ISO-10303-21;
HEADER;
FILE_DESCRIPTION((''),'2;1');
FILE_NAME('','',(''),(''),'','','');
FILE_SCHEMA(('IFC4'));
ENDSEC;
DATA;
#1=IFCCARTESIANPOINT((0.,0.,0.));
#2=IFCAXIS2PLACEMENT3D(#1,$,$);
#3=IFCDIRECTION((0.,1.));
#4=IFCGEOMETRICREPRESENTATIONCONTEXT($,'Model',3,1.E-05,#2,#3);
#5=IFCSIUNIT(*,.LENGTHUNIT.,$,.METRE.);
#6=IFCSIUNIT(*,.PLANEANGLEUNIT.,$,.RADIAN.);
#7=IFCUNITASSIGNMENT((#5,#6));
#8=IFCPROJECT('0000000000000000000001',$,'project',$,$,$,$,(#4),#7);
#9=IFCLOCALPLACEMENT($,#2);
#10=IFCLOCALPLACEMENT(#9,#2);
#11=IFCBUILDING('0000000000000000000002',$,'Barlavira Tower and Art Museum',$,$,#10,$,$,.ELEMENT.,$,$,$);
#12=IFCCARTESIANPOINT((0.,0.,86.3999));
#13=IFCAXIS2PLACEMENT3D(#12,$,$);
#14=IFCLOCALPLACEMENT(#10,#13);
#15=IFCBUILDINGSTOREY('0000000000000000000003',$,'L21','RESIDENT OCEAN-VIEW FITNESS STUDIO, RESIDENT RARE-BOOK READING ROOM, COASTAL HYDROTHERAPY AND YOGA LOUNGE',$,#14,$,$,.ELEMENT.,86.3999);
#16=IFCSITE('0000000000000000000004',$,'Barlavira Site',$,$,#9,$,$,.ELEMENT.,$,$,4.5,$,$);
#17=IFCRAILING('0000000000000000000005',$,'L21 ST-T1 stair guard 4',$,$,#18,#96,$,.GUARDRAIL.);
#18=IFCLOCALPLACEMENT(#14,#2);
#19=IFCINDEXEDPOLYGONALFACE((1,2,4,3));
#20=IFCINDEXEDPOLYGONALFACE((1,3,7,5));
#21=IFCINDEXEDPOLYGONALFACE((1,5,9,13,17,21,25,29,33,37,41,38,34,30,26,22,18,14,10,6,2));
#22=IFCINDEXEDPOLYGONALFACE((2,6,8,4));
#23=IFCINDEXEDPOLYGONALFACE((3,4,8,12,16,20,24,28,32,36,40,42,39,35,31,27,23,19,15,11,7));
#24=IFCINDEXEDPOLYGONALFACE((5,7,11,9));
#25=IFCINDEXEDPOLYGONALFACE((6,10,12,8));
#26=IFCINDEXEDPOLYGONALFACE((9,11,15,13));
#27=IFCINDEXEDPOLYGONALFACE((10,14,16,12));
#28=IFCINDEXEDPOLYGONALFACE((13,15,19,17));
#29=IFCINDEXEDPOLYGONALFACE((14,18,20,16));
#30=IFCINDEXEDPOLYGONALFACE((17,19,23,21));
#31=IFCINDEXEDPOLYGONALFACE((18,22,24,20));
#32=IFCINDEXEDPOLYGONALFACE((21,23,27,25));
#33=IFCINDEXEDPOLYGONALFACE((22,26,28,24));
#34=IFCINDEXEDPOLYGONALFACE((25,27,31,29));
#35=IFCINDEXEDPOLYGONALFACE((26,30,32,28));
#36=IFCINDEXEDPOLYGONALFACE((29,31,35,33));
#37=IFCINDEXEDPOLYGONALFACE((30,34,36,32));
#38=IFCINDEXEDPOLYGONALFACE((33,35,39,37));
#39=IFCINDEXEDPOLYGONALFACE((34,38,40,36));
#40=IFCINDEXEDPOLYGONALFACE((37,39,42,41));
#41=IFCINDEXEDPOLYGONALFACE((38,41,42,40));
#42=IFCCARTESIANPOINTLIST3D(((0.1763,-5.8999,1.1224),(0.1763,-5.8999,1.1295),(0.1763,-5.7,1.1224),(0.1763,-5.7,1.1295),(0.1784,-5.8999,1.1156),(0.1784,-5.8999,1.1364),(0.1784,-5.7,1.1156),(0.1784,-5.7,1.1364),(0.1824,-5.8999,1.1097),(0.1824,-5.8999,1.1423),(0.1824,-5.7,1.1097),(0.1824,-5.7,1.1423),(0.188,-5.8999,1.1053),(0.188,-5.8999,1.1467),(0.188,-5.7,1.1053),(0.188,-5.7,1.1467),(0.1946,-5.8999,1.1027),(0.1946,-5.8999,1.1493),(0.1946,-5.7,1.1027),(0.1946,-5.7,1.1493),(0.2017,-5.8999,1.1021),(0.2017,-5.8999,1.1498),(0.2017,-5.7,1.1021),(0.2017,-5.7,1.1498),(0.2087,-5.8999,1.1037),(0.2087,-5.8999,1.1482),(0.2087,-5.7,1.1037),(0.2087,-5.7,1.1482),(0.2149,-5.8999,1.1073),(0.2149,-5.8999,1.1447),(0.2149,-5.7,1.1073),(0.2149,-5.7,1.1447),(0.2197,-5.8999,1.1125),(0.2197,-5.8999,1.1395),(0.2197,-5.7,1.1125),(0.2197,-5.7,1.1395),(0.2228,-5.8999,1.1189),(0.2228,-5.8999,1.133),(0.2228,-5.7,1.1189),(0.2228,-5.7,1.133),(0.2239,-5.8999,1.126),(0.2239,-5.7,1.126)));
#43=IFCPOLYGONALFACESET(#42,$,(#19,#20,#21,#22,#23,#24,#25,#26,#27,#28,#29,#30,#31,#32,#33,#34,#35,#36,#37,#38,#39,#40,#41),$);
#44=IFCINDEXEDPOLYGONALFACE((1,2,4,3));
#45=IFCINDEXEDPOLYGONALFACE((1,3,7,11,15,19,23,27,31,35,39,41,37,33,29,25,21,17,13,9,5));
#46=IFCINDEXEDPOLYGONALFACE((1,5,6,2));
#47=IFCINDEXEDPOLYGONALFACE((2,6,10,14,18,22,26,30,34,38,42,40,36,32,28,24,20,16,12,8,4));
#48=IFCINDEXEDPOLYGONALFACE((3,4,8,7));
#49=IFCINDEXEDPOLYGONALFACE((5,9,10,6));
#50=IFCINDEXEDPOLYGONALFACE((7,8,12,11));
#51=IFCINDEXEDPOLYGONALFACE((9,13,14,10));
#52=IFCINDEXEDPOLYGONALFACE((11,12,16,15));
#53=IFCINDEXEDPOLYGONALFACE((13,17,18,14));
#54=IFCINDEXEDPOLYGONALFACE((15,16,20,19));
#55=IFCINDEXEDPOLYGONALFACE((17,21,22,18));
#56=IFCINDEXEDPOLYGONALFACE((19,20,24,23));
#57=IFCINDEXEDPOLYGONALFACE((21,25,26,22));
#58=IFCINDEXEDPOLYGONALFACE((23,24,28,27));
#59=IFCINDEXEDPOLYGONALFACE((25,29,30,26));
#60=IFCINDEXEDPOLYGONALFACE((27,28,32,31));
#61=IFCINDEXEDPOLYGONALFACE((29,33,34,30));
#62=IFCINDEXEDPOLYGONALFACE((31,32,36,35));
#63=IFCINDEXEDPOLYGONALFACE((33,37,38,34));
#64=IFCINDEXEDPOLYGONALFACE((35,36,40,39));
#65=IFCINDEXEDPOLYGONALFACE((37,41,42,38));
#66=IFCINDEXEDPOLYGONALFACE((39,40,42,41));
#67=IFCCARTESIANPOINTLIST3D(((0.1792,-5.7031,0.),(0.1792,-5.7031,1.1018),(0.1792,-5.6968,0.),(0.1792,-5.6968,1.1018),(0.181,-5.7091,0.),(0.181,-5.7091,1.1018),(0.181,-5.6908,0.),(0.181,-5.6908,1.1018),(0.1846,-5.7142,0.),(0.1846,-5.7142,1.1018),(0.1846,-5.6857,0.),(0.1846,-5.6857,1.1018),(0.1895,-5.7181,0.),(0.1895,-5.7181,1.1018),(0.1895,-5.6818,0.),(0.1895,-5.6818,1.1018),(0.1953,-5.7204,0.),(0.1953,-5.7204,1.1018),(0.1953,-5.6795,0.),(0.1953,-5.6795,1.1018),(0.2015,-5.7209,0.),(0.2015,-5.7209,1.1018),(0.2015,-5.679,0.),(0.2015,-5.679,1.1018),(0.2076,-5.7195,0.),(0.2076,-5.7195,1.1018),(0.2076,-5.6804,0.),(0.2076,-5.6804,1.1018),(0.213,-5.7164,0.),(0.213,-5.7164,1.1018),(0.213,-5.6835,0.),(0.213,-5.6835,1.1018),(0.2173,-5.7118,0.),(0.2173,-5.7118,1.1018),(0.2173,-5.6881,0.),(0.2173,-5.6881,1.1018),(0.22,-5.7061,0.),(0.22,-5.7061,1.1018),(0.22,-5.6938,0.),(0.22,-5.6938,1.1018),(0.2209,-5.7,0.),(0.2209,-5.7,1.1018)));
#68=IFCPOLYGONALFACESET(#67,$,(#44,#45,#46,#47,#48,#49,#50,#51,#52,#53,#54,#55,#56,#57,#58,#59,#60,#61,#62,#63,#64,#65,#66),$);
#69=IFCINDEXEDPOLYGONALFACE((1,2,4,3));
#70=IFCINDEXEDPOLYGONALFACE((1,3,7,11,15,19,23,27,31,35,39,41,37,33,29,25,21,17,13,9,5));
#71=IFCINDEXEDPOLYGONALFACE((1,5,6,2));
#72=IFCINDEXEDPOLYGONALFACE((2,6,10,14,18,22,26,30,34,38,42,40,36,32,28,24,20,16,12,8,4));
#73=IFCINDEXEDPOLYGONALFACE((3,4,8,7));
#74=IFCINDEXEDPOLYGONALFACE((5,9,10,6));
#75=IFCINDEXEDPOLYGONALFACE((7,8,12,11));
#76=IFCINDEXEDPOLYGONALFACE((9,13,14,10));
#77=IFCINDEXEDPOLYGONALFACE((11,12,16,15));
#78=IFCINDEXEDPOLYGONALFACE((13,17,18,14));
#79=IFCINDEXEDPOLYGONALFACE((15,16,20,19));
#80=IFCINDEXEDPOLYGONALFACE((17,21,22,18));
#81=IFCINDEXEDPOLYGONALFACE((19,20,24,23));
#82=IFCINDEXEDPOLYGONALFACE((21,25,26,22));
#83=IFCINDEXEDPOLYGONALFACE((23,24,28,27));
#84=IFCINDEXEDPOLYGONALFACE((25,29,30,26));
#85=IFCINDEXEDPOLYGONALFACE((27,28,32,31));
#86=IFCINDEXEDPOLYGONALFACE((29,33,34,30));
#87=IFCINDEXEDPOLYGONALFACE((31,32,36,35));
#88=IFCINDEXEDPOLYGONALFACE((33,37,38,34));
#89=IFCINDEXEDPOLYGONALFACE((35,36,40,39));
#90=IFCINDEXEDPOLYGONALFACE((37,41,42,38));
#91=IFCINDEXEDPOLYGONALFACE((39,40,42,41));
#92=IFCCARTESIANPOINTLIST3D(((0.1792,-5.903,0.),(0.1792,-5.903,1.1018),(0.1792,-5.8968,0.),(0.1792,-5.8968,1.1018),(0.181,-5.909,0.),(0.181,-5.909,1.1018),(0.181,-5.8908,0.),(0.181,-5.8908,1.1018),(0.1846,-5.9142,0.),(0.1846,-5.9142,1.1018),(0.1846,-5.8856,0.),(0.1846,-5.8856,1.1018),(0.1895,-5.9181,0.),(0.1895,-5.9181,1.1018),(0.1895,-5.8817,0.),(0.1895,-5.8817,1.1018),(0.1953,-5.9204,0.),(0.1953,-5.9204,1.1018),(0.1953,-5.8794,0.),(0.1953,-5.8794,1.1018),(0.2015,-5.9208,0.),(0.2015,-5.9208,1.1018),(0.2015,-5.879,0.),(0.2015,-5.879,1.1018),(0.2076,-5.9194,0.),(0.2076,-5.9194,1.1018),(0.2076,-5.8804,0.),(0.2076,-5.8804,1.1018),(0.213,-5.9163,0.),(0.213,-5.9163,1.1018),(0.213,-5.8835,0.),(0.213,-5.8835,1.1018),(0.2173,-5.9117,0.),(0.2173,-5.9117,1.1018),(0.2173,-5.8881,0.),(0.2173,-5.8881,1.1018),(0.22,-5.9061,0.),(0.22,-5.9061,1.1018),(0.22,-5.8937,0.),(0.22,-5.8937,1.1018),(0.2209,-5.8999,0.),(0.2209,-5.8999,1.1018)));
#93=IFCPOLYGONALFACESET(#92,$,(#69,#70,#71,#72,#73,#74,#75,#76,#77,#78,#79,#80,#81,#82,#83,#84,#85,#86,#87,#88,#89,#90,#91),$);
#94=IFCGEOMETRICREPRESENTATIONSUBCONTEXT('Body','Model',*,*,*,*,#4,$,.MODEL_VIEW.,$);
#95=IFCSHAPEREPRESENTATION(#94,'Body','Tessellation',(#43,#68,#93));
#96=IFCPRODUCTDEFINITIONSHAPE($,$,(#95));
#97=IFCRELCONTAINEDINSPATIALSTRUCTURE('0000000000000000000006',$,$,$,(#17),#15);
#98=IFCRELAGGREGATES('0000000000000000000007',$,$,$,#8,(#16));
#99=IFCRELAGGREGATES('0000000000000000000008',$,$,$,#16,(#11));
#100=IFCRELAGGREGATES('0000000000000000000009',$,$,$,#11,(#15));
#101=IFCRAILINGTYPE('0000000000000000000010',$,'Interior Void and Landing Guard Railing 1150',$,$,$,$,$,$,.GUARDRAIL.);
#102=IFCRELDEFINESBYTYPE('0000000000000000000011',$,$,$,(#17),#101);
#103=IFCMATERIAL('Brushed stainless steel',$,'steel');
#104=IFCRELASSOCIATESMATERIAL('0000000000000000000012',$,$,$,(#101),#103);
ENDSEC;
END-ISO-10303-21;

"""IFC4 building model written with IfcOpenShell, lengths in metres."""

from ifc_helpers import new_model, si_unit, direction, frame, origin, origin_2d, place, context, subcontext, project, spatial, circle, extrude, material, type_object, element, save


model = new_model("IFC4")

# Units and contexts
model_context = context("Model", 3, precision=1e-05, world=origin(), true_north=direction((0.0, 1.0)))
body_context = subcontext(model_context, "Body", "Model", "MODEL_VIEW")
ifc_project = project(units=[si_unit("LENGTHUNIT", "METRE"), si_unit("PLANEANGLEUNIT", "RADIAN")], contexts=[model_context])

# Site, building, storey
site_placement = place(None, origin())
site = spatial("IfcSite", under=ifc_project, at=site_placement, Name="Barlavira Site", CompositionType="ELEMENT", RefElevation=4.5)
building_placement = place(site_placement, origin())
building = spatial("IfcBuilding", under=site, at=building_placement, Name="Barlavira Tower and Art Museum", CompositionType="ELEMENT")
storey_placement = place(building_placement, frame((0.0, 0.0, 86.3999)))
storey = spatial("IfcBuildingStorey", under=building, at=storey_placement, Name="L21", Description="RESIDENT OCEAN-VIEW FITNESS STUDIO, RESIDENT RARE-BOOK READING ROOM, COASTAL HYDROTHERAPY AND YOGA LOUNGE", CompositionType="ELEMENT", Elevation=86.3999)

# Shared definitions
ifc_material_1 = material(Name="Brushed stainless steel", Category="steel")

# Railing
railing_type_1 = type_object("IfcRailingType", Name="Interior Void and Landing Guard Railing 1150", PredefinedType="GUARDRAIL", material=ifc_material_1)
railing_1_placement = place(storey_placement, frame((0.2, -5.7, 0.0)))
element("IfcRailing", 1, at=railing_1_placement, inside=storey, type_object=railing_type_1, Name="L21 ST-T1 stair guard 4", PredefinedType="GUARDRAIL", context=body_context, shape_type="SweptSolid", body=[
    extrude(circle(Radius=0.0239, at=origin_2d()), frame((0.0, 0.0, 1.126), z_axis=(0.0, -1.0, 0.0), x_axis=(1.0, 0.0, 0.0)), (0.0, 0.0, 1.0), 0.2),
    extrude(circle(Radius=0.021, at=origin_2d()), origin(), (0.0, 0.0, 1.0), 1.1018),
    extrude(circle(Radius=0.021, at=origin_2d()), frame((0.0, -0.2, 0.0)), (0.0, 0.0, 1.0), 1.1018),
])

save(model, "model.ifc")
